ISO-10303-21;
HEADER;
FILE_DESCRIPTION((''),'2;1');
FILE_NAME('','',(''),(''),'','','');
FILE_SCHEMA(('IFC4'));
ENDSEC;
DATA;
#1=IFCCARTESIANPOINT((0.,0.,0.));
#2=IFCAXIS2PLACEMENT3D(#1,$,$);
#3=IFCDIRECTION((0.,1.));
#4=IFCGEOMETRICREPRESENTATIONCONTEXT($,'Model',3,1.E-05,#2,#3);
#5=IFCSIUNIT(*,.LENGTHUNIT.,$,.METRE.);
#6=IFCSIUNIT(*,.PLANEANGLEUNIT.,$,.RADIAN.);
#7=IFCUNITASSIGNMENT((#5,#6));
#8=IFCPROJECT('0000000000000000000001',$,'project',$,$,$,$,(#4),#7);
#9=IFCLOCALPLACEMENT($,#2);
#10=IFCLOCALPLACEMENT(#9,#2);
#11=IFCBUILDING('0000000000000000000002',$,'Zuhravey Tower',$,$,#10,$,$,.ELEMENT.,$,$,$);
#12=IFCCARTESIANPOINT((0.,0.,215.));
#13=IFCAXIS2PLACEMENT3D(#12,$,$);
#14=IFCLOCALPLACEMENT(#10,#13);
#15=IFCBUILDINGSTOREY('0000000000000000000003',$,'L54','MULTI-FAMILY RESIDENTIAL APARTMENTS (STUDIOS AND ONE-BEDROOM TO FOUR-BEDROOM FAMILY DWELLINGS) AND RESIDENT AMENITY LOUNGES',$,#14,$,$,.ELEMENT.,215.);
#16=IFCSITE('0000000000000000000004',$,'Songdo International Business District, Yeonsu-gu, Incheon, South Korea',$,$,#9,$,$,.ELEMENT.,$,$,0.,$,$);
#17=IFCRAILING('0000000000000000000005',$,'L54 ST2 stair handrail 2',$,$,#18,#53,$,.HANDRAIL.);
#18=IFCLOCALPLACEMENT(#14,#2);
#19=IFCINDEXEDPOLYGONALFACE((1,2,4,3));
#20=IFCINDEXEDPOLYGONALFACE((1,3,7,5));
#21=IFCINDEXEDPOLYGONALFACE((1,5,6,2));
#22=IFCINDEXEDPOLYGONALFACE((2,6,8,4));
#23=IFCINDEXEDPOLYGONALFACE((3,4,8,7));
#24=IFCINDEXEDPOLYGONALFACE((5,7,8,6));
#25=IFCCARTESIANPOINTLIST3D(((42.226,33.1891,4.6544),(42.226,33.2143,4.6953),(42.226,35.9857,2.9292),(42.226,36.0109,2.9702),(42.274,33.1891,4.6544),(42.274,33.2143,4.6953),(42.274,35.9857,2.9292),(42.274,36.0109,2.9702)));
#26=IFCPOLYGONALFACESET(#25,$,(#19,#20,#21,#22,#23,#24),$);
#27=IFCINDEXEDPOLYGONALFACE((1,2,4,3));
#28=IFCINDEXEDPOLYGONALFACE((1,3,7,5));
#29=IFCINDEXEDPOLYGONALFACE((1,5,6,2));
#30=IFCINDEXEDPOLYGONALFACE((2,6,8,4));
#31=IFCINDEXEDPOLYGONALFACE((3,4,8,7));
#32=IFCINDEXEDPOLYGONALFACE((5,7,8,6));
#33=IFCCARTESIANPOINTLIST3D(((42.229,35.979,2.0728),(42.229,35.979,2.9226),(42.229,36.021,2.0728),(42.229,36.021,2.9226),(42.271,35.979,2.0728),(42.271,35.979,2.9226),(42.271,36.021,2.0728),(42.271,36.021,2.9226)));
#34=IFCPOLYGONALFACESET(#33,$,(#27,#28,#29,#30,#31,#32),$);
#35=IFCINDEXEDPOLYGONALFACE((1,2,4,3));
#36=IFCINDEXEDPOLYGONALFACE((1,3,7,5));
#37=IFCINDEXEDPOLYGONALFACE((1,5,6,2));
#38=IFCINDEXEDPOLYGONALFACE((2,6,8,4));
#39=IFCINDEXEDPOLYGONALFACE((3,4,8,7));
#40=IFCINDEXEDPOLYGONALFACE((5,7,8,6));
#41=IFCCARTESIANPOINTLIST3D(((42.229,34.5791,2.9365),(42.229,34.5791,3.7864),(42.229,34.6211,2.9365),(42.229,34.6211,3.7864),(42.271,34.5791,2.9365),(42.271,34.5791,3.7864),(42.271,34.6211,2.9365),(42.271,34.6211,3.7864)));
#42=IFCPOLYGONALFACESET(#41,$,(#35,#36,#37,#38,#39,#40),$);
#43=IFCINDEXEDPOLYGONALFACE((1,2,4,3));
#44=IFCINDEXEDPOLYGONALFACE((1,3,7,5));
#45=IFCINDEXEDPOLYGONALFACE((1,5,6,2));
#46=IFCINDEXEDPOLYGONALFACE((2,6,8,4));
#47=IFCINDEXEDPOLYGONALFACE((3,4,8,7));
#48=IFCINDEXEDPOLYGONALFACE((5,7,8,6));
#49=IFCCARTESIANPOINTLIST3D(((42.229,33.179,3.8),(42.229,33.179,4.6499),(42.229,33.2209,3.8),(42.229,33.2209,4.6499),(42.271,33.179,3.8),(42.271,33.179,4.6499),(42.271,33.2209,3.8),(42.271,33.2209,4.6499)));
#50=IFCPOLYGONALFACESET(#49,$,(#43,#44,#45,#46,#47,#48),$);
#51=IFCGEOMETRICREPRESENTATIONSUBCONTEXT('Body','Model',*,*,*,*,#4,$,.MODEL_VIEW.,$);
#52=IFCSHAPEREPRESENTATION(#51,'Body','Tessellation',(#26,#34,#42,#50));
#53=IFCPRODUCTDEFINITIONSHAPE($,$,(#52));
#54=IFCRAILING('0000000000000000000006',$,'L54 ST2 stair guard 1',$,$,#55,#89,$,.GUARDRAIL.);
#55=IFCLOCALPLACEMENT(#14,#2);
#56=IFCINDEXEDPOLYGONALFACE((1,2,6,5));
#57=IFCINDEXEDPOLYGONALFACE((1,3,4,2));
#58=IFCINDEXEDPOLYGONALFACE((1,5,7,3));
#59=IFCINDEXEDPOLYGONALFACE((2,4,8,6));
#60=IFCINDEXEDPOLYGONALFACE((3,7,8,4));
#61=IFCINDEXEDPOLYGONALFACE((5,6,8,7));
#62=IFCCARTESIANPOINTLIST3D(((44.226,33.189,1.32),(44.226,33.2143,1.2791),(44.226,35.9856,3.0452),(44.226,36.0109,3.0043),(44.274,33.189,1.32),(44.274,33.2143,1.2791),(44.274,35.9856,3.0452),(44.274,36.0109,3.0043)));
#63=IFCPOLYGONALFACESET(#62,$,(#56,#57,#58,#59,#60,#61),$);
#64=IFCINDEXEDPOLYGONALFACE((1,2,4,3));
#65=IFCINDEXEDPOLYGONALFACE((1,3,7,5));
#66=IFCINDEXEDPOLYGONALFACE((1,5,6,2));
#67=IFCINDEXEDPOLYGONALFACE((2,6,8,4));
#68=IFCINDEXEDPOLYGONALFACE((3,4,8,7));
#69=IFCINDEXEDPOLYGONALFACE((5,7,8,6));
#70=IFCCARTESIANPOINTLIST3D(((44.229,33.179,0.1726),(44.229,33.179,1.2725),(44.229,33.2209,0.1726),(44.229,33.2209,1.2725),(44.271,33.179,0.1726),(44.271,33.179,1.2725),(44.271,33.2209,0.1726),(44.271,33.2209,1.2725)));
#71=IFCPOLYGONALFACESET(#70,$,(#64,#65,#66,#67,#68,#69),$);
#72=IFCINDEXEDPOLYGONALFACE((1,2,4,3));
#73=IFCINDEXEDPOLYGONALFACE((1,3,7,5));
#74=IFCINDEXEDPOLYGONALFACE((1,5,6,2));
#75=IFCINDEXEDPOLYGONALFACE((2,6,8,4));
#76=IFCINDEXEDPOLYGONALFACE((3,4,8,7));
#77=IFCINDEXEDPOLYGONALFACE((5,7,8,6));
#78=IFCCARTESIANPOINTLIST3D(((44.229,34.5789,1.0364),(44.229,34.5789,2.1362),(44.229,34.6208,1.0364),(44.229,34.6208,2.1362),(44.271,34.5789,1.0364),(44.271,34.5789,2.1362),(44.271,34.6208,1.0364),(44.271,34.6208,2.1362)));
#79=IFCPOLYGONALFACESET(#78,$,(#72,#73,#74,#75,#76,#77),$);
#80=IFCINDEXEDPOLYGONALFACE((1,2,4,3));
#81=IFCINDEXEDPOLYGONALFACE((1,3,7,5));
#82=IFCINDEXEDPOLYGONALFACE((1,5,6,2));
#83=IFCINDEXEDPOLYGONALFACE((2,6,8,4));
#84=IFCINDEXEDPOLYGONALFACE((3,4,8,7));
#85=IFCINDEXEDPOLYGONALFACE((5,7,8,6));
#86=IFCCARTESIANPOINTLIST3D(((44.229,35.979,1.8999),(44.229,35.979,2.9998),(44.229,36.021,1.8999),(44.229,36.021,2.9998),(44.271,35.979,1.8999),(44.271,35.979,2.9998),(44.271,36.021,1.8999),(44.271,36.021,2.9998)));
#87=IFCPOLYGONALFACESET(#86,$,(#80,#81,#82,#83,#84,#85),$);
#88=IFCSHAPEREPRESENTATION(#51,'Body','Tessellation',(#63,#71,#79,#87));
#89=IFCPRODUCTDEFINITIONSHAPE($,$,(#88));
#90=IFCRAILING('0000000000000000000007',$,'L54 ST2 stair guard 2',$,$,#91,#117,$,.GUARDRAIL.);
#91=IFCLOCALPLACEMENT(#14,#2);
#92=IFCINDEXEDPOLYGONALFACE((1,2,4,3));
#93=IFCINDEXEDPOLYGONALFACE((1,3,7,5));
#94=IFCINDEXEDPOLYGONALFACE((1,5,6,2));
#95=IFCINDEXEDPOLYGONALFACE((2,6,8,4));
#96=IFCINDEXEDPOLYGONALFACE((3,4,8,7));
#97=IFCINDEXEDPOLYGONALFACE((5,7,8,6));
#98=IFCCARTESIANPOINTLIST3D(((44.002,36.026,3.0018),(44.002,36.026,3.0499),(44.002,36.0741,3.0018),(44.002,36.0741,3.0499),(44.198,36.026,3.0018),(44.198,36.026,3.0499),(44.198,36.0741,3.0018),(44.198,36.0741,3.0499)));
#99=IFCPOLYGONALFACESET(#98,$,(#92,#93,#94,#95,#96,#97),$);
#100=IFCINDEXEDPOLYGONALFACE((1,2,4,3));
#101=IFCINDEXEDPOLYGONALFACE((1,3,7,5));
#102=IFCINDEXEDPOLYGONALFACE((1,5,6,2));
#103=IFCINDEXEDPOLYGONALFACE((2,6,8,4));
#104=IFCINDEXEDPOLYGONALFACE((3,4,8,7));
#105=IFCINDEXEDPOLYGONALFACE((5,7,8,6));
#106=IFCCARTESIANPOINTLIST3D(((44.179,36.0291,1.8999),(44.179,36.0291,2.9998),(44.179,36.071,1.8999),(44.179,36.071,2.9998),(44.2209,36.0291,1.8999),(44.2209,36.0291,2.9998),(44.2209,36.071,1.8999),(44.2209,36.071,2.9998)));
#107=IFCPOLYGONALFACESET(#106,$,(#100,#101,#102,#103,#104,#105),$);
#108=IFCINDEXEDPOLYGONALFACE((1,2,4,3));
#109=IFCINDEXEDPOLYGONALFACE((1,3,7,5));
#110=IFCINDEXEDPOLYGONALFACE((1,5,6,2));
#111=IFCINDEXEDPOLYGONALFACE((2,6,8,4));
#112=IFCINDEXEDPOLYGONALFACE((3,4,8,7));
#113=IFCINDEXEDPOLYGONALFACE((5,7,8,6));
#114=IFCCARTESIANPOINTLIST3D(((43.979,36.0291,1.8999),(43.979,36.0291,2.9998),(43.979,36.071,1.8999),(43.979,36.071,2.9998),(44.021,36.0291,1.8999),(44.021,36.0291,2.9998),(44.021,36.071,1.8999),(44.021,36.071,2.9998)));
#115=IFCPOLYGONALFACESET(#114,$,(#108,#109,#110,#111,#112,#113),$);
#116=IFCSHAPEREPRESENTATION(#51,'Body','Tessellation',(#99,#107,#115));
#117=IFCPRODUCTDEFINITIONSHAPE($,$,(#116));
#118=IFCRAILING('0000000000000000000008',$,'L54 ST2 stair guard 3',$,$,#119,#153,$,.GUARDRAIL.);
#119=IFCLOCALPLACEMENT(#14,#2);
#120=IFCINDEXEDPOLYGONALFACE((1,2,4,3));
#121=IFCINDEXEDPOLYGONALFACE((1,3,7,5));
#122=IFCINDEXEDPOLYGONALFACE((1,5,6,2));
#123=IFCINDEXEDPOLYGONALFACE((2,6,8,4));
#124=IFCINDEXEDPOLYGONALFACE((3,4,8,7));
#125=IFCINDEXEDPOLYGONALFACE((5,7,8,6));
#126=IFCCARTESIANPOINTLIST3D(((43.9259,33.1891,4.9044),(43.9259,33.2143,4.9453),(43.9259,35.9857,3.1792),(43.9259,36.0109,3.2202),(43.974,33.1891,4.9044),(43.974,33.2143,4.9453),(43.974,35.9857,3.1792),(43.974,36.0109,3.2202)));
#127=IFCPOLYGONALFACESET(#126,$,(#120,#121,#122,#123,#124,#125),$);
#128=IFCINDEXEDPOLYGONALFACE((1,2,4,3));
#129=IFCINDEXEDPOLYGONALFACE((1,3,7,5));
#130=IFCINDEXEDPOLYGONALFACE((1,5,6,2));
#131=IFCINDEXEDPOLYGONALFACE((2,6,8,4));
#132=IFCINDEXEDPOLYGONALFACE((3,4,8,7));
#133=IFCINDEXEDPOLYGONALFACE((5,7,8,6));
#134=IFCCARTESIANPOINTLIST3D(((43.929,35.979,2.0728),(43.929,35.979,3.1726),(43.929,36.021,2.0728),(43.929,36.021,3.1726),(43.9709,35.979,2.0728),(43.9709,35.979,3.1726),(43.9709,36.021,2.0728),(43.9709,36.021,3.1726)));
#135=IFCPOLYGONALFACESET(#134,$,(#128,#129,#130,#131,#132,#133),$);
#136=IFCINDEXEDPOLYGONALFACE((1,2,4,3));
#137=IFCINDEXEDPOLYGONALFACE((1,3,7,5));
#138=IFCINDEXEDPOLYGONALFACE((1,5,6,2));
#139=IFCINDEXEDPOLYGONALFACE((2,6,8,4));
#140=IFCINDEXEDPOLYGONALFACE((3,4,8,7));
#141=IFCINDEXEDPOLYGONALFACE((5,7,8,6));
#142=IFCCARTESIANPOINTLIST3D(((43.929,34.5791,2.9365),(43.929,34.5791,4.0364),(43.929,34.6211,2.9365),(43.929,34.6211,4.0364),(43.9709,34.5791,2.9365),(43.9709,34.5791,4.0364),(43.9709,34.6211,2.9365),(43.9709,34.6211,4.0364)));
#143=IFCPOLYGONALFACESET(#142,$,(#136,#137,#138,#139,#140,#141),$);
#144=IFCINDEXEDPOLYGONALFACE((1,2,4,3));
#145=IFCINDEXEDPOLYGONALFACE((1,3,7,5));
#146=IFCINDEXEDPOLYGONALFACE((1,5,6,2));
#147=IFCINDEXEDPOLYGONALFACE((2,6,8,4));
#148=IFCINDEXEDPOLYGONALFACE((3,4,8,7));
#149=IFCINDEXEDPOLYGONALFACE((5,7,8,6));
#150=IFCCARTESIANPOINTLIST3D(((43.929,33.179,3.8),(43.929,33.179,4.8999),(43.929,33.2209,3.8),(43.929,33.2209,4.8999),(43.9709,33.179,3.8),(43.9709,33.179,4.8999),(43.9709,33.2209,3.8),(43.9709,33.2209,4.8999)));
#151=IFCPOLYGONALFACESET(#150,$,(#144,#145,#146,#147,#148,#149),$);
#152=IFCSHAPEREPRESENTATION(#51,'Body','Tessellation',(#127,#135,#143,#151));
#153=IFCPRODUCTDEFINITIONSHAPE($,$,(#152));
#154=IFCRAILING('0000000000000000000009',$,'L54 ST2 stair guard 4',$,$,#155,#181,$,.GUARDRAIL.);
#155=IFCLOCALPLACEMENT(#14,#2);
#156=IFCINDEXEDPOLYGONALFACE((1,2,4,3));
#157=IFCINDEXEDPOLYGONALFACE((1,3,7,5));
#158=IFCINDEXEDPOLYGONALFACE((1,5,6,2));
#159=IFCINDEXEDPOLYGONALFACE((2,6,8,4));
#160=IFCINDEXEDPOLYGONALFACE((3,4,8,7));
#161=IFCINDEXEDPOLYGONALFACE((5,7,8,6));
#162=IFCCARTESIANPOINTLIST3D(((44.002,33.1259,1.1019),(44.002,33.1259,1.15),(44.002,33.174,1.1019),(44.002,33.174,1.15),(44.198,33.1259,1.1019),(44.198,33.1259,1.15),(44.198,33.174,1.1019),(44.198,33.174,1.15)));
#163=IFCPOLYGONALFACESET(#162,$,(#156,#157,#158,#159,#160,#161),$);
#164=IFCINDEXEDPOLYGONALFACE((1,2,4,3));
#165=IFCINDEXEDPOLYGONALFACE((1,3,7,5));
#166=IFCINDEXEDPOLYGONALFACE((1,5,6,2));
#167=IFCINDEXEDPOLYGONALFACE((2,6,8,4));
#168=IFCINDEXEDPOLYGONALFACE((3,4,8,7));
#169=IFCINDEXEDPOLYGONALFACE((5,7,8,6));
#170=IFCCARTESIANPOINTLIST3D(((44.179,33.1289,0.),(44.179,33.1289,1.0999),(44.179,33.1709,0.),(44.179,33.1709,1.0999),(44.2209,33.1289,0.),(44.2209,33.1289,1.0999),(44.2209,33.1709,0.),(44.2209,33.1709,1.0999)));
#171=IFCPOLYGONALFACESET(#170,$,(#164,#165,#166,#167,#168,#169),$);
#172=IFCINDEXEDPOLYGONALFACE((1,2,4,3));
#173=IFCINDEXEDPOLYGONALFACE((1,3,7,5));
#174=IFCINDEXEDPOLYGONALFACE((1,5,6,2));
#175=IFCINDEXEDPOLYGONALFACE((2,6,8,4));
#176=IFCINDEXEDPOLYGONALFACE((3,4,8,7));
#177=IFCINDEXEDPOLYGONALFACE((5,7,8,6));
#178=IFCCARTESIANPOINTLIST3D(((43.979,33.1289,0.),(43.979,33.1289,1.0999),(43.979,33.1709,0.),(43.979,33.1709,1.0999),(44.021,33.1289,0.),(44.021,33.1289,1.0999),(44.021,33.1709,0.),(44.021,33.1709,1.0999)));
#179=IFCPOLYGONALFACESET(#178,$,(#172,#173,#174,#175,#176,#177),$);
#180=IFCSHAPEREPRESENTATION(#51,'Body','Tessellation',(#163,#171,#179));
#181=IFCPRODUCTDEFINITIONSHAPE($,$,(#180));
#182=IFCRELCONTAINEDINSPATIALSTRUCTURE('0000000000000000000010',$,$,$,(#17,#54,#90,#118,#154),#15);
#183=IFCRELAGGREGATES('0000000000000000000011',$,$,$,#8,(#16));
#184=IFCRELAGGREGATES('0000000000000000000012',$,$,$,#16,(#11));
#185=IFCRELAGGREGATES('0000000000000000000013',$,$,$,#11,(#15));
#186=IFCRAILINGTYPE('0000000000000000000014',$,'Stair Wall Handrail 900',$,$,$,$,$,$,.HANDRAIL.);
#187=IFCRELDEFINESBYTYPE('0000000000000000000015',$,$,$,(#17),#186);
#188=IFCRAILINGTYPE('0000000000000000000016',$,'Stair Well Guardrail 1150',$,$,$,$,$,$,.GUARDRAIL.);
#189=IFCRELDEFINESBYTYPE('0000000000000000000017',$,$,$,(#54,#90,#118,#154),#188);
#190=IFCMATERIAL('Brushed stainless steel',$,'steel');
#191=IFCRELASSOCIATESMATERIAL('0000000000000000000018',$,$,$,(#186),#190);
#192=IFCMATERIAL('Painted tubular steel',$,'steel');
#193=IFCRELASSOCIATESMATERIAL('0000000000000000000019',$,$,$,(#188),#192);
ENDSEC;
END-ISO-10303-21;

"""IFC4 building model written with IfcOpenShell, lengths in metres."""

from ifc_helpers import new_model, si_unit, direction, frame, origin, origin_2d, place, context, subcontext, project, spatial, rectangle, extrude, material, type_object, element, save


model = new_model("IFC4")

# Units and contexts
model_context = context("Model", 3, precision=1e-05, world=origin(), true_north=direction((0.0, 1.0)))
body_context = subcontext(model_context, "Body", "Model", "MODEL_VIEW")
ifc_project = project(units=[si_unit("LENGTHUNIT", "METRE"), si_unit("PLANEANGLEUNIT", "RADIAN")], contexts=[model_context])

# Site, building, storey
site_placement = place(None, origin())
site = spatial("IfcSite", under=ifc_project, at=site_placement, Name="Songdo International Business District, Yeonsu-gu, Incheon, South Korea", CompositionType="ELEMENT", RefElevation=0.0)
building_placement = place(site_placement, origin())
building = spatial("IfcBuilding", under=site, at=building_placement, Name="Zuhravey Tower", CompositionType="ELEMENT")
storey_placement = place(building_placement, frame((0.0, 0.0, 215.0)))
storey = spatial("IfcBuildingStorey", under=building, at=storey_placement, Name="L54", Description="MULTI-FAMILY RESIDENTIAL APARTMENTS (STUDIOS AND ONE-BEDROOM TO FOUR-BEDROOM FAMILY DWELLINGS) AND RESIDENT AMENITY LOUNGES", CompositionType="ELEMENT", Elevation=215.0)

# Railings
ifc_material_1 = material(Name="Brushed stainless steel", Category="steel")
railing_type_1 = type_object("IfcRailingType", Name="Stair Wall Handrail 900", PredefinedType="HANDRAIL", material=ifc_material_1)
railing_1_placement = place(storey_placement, frame((42.25, 36.0, 2.0728)))
element("IfcRailing", 1, at=railing_1_placement, inside=storey, type_object=railing_type_1, Name="L54 ST2 stair handrail 2", PredefinedType="HANDRAIL", context=body_context, shape_type="SweptSolid", body=[
    extrude(rectangle(XDim=0.0481, YDim=0.0481, at=origin_2d()), frame((0.0, -0.0017, 0.877), z_axis=(0.0, -0.85109, 0.52502), x_axis=(1.0, 0.0, 0.0)), (0.0, 0.0, 1.0), 3.2859),
    extrude(rectangle(XDim=0.042, YDim=0.042, at=origin_2d()), origin(), (0.0, 0.0, 1.0), 0.8499),
    extrude(rectangle(XDim=0.042, YDim=0.042, at=origin_2d()), frame((0.0, -1.3999, 0.8638)), (0.0, 0.0, 1.0), 0.8499),
    extrude(rectangle(XDim=0.042, YDim=0.042, at=origin_2d()), frame((0.0, -2.8, 1.7273)), (0.0, 0.0, 1.0), 0.8499),
])
ifc_material_2 = material(Name="Painted tubular steel", Category="steel")
railing_type_2 = type_object("IfcRailingType", Name="Stair Well Guardrail 1150", PredefinedType="GUARDRAIL", material=ifc_material_2)
railing_2_placement = place(storey_placement, frame((44.25, 33.2, 0.1726)))
element("IfcRailing", 2, at=railing_2_placement, inside=storey, type_object=railing_type_2, Name="L54 ST2 stair guard 1", PredefinedType="GUARDRAIL", context=body_context, shape_type="SweptSolid", body=[
    extrude(rectangle(XDim=0.0481, YDim=0.0481, at=origin_2d()), frame((0.0, 0.0017, 1.127), z_axis=(0.0, 0.85109, 0.52502), x_axis=(-1.0, 0.0, 0.0)), (0.0, 0.0, 1.0), 3.2859),
    extrude(rectangle(XDim=0.042, YDim=0.042, at=origin_2d()), origin(), (0.0, 0.0, 1.0), 1.0999),
    extrude(rectangle(XDim=0.042, YDim=0.042, at=origin_2d()), frame((0.0, 1.3999, 0.8638)), (0.0, 0.0, 1.0), 1.0999),
    extrude(rectangle(XDim=0.042, YDim=0.042, at=origin_2d()), frame((0.0, 2.8, 1.7273)), (0.0, 0.0, 1.0), 1.0999),
])
railing_3_placement = place(storey_placement, frame((44.2, 36.05, 1.8999)))
element("IfcRailing", 3, at=railing_3_placement, inside=storey, type_object=railing_type_2, Name="L54 ST2 stair guard 2", PredefinedType="GUARDRAIL", context=body_context, shape_type="SweptSolid", body=[
    extrude(rectangle(XDim=0.0481, YDim=0.0481, at=origin_2d()), frame((-0.002, 0.0, 1.126), z_axis=(-1.0, 0.0, 0.0), x_axis=(0.0, -1.0, 0.0)), (0.0, 0.0, 1.0), 0.196),
    extrude(rectangle(XDim=0.042, YDim=0.042, at=origin_2d()), origin(), (0.0, 0.0, 1.0), 1.0999),
    extrude(rectangle(XDim=0.042, YDim=0.042, at=origin_2d()), frame((-0.2, 0.0, 0.0)), (0.0, 0.0, 1.0), 1.0999),
])
railing_4_placement = place(storey_placement, frame((43.95, 36.0, 2.0728)))
element("IfcRailing", 4, at=railing_4_placement, inside=storey, type_object=railing_type_2, Name="L54 ST2 stair guard 3", PredefinedType="GUARDRAIL", context=body_context, shape_type="SweptSolid", body=[
    extrude(rectangle(XDim=0.0481, YDim=0.0481, at=origin_2d()), frame((0.0, -0.0017, 1.127), z_axis=(0.0, -0.85109, 0.52502), x_axis=(1.0, 0.0, 0.0)), (0.0, 0.0, 1.0), 3.2859),
    extrude(rectangle(XDim=0.042, YDim=0.042, at=origin_2d()), origin(), (0.0, 0.0, 1.0), 1.0999),
    extrude(rectangle(XDim=0.042, YDim=0.042, at=origin_2d()), frame((0.0, -1.3999, 0.8638)), (0.0, 0.0, 1.0), 1.0999),
    extrude(rectangle(XDim=0.042, YDim=0.042, at=origin_2d()), frame((0.0, -2.8, 1.7273)), (0.0, 0.0, 1.0), 1.0999),
])
railing_5_placement = place(storey_placement, frame((44.2, 33.1499, 0.0)))
element("IfcRailing", 5, at=railing_5_placement, inside=storey, type_object=railing_type_2, Name="L54 ST2 stair guard 4", PredefinedType="GUARDRAIL", context=body_context, shape_type="SweptSolid", body=[
    extrude(rectangle(XDim=0.0481, YDim=0.0481, at=origin_2d()), frame((-0.002, 0.0, 1.126), z_axis=(-1.0, 0.0, 0.0), x_axis=(0.0, -1.0, 0.0)), (0.0, 0.0, 1.0), 0.196),
    extrude(rectangle(XDim=0.042, YDim=0.042, at=origin_2d()), origin(), (0.0, 0.0, 1.0), 1.0999),
    extrude(rectangle(XDim=0.042, YDim=0.042, at=origin_2d()), frame((-0.2, 0.0, 0.0)), (0.0, 0.0, 1.0), 1.0999),
])

save(model, "model.ifc")
